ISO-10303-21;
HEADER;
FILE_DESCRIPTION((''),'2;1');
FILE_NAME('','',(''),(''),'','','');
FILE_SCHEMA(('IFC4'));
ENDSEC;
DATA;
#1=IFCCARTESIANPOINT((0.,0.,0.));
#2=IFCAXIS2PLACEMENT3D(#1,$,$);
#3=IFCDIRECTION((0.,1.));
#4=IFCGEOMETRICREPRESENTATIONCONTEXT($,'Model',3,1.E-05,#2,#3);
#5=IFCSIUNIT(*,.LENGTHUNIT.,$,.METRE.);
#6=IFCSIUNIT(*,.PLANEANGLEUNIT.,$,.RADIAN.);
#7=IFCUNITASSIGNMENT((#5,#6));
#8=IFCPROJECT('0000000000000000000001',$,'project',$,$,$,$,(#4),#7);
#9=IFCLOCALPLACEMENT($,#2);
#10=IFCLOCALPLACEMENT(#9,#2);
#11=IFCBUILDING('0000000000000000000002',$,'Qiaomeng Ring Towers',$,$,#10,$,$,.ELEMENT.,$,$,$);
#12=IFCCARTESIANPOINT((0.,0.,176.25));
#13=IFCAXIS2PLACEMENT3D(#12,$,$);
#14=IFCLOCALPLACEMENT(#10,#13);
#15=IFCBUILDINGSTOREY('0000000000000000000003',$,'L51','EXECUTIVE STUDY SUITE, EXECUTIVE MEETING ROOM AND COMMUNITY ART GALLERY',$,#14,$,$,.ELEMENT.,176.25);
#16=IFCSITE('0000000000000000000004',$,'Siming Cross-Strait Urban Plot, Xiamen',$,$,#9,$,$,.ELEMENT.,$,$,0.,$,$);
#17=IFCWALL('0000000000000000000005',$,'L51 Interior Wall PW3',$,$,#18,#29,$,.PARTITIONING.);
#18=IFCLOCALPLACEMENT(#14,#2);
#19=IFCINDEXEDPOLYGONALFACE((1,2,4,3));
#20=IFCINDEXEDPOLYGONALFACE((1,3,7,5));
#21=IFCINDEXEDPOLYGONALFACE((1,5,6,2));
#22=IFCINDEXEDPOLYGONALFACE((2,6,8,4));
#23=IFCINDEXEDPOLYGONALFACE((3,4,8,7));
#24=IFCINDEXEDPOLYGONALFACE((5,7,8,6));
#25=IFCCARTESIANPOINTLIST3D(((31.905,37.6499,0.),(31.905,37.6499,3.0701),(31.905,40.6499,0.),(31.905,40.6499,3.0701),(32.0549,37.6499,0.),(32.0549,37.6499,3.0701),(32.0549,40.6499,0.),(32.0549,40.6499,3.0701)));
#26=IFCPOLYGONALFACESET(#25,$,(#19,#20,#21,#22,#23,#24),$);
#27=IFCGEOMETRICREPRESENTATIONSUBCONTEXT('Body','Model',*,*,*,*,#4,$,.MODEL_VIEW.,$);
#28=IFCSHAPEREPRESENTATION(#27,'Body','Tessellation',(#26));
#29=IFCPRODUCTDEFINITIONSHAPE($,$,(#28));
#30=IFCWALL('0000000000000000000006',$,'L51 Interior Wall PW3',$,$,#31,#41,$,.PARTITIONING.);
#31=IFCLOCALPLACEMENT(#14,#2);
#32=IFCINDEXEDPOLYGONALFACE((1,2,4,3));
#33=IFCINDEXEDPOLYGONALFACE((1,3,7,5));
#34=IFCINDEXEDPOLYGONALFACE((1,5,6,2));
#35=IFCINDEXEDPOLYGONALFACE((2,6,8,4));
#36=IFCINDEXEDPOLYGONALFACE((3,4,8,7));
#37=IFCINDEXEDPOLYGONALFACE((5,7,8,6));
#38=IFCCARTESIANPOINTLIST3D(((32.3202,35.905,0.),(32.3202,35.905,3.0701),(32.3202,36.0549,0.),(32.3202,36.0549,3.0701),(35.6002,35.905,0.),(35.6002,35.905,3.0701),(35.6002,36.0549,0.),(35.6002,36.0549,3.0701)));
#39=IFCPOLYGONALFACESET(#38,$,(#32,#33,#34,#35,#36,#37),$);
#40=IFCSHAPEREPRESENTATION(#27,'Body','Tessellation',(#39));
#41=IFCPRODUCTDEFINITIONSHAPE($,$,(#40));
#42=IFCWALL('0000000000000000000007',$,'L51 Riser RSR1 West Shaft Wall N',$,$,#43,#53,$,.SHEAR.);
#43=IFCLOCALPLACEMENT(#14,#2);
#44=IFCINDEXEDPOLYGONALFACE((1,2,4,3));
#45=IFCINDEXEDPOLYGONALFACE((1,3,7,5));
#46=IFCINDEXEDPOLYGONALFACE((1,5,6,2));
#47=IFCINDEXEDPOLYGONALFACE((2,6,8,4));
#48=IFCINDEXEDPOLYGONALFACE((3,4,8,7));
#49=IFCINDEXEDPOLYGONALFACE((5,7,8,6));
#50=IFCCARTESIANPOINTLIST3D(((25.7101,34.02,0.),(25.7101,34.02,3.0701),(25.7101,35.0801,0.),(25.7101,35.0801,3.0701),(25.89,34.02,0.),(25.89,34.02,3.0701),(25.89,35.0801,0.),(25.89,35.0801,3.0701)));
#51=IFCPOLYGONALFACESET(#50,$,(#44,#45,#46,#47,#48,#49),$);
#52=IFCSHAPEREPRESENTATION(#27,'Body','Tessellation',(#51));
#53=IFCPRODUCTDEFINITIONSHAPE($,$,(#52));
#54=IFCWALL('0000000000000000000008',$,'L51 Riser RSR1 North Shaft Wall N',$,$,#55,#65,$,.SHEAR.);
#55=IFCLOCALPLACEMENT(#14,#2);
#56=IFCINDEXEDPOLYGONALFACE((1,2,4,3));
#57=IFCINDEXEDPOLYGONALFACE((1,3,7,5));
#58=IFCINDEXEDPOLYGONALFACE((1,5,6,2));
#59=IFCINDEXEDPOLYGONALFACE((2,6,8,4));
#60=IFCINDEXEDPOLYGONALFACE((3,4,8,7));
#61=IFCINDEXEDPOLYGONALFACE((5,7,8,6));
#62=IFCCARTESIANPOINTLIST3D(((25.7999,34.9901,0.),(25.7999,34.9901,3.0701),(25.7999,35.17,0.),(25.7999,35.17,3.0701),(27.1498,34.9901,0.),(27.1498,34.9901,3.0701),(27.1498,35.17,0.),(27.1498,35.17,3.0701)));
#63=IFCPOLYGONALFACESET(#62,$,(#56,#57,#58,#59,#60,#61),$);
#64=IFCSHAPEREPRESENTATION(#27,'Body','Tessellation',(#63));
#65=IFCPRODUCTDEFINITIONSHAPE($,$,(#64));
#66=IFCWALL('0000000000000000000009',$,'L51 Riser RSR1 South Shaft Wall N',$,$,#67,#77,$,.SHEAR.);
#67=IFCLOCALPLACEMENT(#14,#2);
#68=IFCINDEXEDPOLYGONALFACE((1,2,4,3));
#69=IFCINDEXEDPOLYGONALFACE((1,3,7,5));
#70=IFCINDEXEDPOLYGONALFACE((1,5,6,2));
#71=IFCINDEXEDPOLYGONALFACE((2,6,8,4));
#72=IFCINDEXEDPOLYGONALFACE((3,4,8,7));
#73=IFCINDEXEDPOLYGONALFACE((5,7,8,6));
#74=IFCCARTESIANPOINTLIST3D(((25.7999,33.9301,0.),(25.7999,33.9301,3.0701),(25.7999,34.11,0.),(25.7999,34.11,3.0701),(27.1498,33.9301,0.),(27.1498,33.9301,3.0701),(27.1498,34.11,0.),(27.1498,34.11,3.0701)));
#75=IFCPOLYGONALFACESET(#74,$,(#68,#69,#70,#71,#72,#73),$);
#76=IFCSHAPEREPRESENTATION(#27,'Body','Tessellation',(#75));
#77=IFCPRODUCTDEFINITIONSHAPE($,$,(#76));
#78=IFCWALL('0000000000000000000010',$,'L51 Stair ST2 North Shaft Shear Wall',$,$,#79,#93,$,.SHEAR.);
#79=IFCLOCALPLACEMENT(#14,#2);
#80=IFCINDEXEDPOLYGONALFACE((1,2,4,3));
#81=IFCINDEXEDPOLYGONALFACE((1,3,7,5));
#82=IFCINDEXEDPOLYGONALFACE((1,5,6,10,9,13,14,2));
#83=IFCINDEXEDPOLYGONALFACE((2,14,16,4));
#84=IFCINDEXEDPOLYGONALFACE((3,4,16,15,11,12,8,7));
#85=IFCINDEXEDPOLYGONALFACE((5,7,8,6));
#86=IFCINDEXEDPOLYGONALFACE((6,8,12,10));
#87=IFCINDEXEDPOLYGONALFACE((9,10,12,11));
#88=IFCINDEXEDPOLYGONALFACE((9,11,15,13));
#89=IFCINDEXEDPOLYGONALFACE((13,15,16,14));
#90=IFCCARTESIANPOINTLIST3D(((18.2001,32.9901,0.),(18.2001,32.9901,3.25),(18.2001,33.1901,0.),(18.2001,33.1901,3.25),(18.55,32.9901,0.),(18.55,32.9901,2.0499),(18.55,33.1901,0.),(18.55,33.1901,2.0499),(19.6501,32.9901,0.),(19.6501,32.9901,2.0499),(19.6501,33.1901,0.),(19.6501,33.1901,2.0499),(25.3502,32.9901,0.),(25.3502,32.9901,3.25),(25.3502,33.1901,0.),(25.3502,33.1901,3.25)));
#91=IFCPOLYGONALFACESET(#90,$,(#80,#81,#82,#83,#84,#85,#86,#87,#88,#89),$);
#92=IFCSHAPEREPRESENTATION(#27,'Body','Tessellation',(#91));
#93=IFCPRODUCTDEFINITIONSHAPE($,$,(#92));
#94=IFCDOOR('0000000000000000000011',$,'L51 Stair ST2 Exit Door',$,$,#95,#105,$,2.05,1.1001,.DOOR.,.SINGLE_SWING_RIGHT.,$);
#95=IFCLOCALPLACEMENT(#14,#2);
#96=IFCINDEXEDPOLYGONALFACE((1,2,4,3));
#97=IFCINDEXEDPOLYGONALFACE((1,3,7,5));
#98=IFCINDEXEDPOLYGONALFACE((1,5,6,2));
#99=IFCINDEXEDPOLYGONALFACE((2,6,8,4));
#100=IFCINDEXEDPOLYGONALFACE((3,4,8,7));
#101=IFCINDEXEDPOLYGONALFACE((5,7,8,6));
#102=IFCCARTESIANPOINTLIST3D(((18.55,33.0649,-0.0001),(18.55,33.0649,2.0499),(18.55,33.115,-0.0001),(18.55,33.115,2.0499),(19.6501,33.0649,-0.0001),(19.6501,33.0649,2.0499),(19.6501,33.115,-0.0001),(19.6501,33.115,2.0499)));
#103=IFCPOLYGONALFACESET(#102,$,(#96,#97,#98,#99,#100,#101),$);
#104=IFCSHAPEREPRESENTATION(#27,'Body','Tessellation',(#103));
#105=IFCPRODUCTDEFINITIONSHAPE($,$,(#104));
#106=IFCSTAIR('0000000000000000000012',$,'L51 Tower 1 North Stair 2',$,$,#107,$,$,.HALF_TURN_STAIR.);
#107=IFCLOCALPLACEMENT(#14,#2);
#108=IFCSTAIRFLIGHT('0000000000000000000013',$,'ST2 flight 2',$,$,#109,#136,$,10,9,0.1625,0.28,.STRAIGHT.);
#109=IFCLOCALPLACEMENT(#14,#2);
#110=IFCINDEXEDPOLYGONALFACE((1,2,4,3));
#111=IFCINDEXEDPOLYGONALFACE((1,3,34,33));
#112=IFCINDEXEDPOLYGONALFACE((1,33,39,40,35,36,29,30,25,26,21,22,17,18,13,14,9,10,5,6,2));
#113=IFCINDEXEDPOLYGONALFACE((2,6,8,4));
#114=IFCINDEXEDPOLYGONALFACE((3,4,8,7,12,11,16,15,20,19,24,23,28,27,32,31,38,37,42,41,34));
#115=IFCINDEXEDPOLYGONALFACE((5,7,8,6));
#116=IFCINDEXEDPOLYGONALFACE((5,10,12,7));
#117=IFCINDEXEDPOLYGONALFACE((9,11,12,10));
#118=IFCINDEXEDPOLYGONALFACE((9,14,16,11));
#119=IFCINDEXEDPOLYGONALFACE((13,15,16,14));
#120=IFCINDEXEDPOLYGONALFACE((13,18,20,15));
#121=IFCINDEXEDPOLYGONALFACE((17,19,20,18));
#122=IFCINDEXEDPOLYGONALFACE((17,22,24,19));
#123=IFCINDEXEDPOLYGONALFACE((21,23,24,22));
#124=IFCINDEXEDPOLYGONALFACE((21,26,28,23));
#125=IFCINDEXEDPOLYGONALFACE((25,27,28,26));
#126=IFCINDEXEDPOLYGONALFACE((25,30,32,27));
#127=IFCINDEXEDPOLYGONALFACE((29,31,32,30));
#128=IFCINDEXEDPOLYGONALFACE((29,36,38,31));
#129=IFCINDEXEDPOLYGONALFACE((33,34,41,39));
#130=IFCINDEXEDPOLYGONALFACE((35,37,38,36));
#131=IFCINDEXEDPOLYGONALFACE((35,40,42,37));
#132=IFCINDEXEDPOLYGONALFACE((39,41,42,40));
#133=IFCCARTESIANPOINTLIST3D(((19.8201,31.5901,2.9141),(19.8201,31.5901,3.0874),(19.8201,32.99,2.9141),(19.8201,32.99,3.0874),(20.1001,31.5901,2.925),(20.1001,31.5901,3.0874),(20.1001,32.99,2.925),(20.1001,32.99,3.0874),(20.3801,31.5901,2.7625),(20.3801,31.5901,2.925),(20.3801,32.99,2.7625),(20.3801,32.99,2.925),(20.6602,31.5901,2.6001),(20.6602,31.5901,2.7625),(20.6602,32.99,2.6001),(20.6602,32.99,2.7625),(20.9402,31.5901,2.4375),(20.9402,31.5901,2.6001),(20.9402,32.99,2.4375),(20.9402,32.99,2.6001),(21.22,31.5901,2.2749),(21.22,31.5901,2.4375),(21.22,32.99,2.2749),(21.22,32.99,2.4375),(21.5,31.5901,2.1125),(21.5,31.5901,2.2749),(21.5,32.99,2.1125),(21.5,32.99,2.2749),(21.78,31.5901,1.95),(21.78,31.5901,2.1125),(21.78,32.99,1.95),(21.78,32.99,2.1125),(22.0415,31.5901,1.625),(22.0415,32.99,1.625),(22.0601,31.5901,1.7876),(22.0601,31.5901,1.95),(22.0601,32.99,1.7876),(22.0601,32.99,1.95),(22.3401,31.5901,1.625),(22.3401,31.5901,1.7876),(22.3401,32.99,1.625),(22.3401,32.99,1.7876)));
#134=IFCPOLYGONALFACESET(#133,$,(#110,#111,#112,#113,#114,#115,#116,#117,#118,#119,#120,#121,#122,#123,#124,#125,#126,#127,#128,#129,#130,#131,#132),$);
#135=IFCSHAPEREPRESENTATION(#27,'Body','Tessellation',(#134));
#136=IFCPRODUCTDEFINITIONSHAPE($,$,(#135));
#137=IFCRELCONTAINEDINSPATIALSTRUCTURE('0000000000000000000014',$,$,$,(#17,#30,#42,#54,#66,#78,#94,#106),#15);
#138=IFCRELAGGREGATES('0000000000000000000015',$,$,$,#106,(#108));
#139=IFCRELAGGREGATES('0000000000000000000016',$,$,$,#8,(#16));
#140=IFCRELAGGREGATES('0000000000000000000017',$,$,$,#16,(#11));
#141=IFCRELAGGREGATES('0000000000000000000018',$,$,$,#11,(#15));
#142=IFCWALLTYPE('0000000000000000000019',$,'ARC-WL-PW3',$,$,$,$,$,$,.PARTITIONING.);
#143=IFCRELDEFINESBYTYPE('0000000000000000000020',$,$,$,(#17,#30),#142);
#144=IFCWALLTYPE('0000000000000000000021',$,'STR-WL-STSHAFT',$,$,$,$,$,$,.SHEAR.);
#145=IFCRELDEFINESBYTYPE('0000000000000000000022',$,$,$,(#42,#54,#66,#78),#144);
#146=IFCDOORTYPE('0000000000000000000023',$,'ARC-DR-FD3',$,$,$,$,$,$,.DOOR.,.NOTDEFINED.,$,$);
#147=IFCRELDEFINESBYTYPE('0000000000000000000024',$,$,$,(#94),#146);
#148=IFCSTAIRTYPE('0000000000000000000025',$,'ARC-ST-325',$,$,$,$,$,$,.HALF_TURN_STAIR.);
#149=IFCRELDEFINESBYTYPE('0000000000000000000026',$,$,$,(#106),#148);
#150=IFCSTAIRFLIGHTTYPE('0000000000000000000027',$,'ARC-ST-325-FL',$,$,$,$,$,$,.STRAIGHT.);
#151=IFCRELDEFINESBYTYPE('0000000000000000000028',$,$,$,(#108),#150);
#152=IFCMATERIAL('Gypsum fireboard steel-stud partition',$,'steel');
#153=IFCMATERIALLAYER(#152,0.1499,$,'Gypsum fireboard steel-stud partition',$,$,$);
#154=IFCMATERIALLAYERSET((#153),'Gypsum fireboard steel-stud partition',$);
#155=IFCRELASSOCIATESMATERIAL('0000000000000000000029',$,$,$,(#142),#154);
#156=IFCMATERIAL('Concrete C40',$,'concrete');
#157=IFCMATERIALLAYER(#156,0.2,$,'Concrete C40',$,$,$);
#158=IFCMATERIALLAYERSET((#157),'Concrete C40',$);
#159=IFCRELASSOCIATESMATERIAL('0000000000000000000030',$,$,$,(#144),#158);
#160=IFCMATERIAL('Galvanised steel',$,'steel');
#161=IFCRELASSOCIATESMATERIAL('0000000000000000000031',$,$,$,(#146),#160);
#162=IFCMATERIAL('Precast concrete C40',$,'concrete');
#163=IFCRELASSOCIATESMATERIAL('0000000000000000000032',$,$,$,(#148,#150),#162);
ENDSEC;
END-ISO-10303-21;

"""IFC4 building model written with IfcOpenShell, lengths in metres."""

from ifc_helpers import new_model, si_unit, direction, frame, frame_2d, origin, place, context, subcontext, project, spatial, polyline, rectangle, outline, extrude, source, transform, mapped, material, layer, layer_set, type_object, element, fill, aggregate, save


model = new_model("IFC4")

# Units and contexts
model_context = context("Model", 3, precision=1e-05, world=origin(), true_north=direction((0.0, 1.0)))
body_context = subcontext(model_context, "Body", "Model", "MODEL_VIEW")
ifc_project = project(units=[si_unit("LENGTHUNIT", "METRE"), si_unit("PLANEANGLEUNIT", "RADIAN")], contexts=[model_context])

# Site, building, storey
site_placement = place(None, origin())
site = spatial("IfcSite", under=ifc_project, at=site_placement, Name="Siming Cross-Strait Urban Plot, Xiamen", CompositionType="ELEMENT", RefElevation=0.0)
building_placement = place(site_placement, origin())
building = spatial("IfcBuilding", under=site, at=building_placement, Name="Qiaomeng Ring Towers", CompositionType="ELEMENT")
storey_placement = place(building_placement, frame((0.0, 0.0, 176.25)))
storey = spatial("IfcBuildingStorey", under=building, at=storey_placement, Name="L51", Description="EXECUTIVE STUDY SUITE, EXECUTIVE MEETING ROOM AND COMMUNITY ART GALLERY", CompositionType="ELEMENT", Elevation=176.25)

# Walls
ifc_material_1 = material(Name="Gypsum fireboard steel-stud partition", Category="steel")
ifc_layer_1 = layer(ifc_material_1, 0.1499, Name="Gypsum fireboard steel-stud partition")
ifc_layer_set_1 = layer_set([ifc_layer_1], Name="Gypsum fireboard steel-stud partition")
wall_type_1 = type_object("IfcWallType", Name="ARC-WL-PW3", PredefinedType="PARTITIONING", material=ifc_layer_set_1)
wall_1_placement = place(storey_placement, frame((31.98, 37.6499, 0.0), z_axis=(0.0, 0.0, 1.0), x_axis=(0.0, 1.0, 0.0)))
element("IfcWall", 1, at=wall_1_placement, inside=storey, type_object=wall_type_1, Name="L51 Interior Wall PW3", PredefinedType="PARTITIONING", context=body_context, shape_type="SweptSolid", body=[
    extrude(rectangle(XDim=3.0, YDim=0.1499, at=frame_2d((1.5, 0.0))), origin(), (0.0, 0.0, 1.0), 3.0701),
])
wall_2_placement = place(storey_placement, frame((32.3201, 35.98, 0.0), z_axis=(0.0, 0.0, 1.0), x_axis=(1.0, 0.0, 0.0)))
element("IfcWall", 2, at=wall_2_placement, inside=storey, type_object=wall_type_1, Name="L51 Interior Wall PW3", PredefinedType="PARTITIONING", context=body_context, shape_type="SweptSolid", body=[
    extrude(rectangle(XDim=3.28, YDim=0.1499, at=frame_2d((1.6401, 0.0))), origin(), (0.0, 0.0, 1.0), 3.0701),
])
ifc_material_2 = material(Name="Concrete C40", Category="concrete")
ifc_layer_2 = layer(ifc_material_2, 0.2, Name="Concrete C40")
ifc_layer_set_2 = layer_set([ifc_layer_2], Name="Concrete C40")
wall_type_2 = type_object("IfcWallType", Name="STR-WL-STSHAFT", PredefinedType="SHEAR", material=ifc_layer_set_2)
wall_3_placement = place(storey_placement, frame((25.8, 34.02, 0.0), z_axis=(0.0, 0.0, 1.0), x_axis=(0.0, 1.0, 0.0)))
element("IfcWall", 3, at=wall_3_placement, inside=storey, type_object=wall_type_2, Name="L51 Riser RSR1 West Shaft Wall N", PredefinedType="SHEAR", context=body_context, shape_type="SweptSolid", body=[
    extrude(rectangle(XDim=1.0601, YDim=0.1799, at=frame_2d((0.53, 0.0))), origin(), (0.0, 0.0, 1.0), 3.0701),
])
for number, where, z_axis, x_axis, name in (
    (4, (25.8, 35.0801, 0.0), (0.0, 0.0, 1.0), (1.0, 0.0, 0.0), "L51 Riser RSR1 North Shaft Wall N"),
    (5, (25.8, 34.02, 0.0), (0.0, 0.0, 1.0), (1.0, 0.0, 0.0), "L51 Riser RSR1 South Shaft Wall N"),
):
    element("IfcWall", number, at=place(storey_placement, frame(where, z_axis=z_axis, x_axis=x_axis)), inside=storey, type_object=wall_type_2, Name=name, PredefinedType="SHEAR", context=body_context, shape_type="SweptSolid", body=[
        extrude(rectangle(XDim=1.3499, YDim=0.1799, at=frame_2d((0.6748, 0.0))), origin(), (0.0, 0.0, 1.0), 3.0701),
    ])

# Wall, opening, door
wall_4_placement = place(storey_placement, frame((18.2, 33.0901, 0.0), z_axis=(0.0, 0.0, 1.0), x_axis=(1.0, 0.0, 0.0)))
wall_4 = element("IfcWall", 6, at=wall_4_placement, inside=storey, type_object=wall_type_2, Name="L51 Stair ST2 North Shaft Shear Wall", PredefinedType="SHEAR", context=body_context, shape_type="SweptSolid", body=[
    extrude(rectangle(XDim=7.1501, YDim=0.2, at=frame_2d((3.5752, 0.0))), origin(), (0.0, 0.0, 1.0), 3.25),
])
opening_placement = place(wall_4_placement, frame((0.3501, 0.0, 0.0)))
opening = element("IfcOpeningElement", 7, at=opening_placement, cuts=wall_4, PredefinedType="OPENING", context=body_context, shape_type="SweptSolid", body=[
    extrude(rectangle(XDim=1.1001, YDim=2.05, at=frame_2d((0.55, 1.0249))), frame((0.0, 0.1099, 0.0), z_axis=(0.0, -1.0, 0.0), x_axis=(1.0, 0.0, 0.0)), (0.0, 0.0, 1.0), 0.22),
])
ifc_material_3 = material(Name="Galvanised steel", Category="steel")
door_type = type_object("IfcDoorType", Name="ARC-DR-FD3", OperationType="NOTDEFINED", PredefinedType="DOOR", material=ifc_material_3)
shared_shape_1 = source(origin(), body_context, "Body", "SweptSolid", [
    extrude(rectangle(XDim=1.1001, YDim=2.05, at=frame_2d((0.55, 1.0249))), frame((0.0, 0.0249, 0.0), z_axis=(0.0, -1.0, 0.0), x_axis=(1.0, 0.0, 0.0)), (0.0, 0.0, 1.0), 0.05),
])
door_placement = place(opening_placement, origin())
door = element("IfcDoor", 8, at=door_placement, inside=storey, type_object=door_type, Name="L51 Stair ST2 Exit Door", OperationType="SINGLE_SWING_RIGHT", OverallHeight=2.05, OverallWidth=1.1001, PredefinedType="DOOR", context=body_context, shape_type="MappedRepresentation", body=[
    mapped(shared_shape_1, transform((0.0, 0.0, 0.0), x_axis=(1.0, 0.0, 0.0), y_axis=(0.0, 1.0, 0.0), z_axis=(0.0, 0.0, 1.0), scale=1.0)),
])
fill(opening, door)

# Stair, stair flight
ifc_material_4 = material(Name="Precast concrete C40", Category="concrete")
stair_type = type_object("IfcStairType", Name="ARC-ST-325", PredefinedType="HALF_TURN_STAIR", material=ifc_material_4)
stair_placement = place(storey_placement, origin())
stair = element("IfcStair", 9, at=stair_placement, inside=storey, type_object=stair_type, Name="L51 Tower 1 North Stair 2", PredefinedType="HALF_TURN_STAIR")
stair_flight_type = type_object("IfcStairFlightType", Name="ARC-ST-325-FL", PredefinedType="STRAIGHT", material=ifc_material_4)
shared_shape_2 = source(origin(), body_context, "Body", "SweptSolid", [
    extrude(outline(polyline([(0.0, 0.0), (0.0, 0.1626), (0.28, 0.1626), (0.28, 0.325), (0.5601, 0.325), (0.5601, 0.4875), (0.8401, 0.4875), (0.8401, 0.6499), (1.1201, 0.6499), (1.1201, 0.8125), (1.3999, 0.8125), (1.3999, 0.9751), (1.6799, 0.9751), (1.6799, 1.1375), (1.96, 1.1375), (1.96, 1.3), (2.24, 1.3), (2.24, 1.4624), (2.52, 1.4624), (2.52, 1.625), (2.52, 1.2891), (0.2986, 0.0), (0.0, 0.0)])), frame((0.0, 0.7, 0.0), z_axis=(0.0, -1.0, 0.0), x_axis=(1.0, 0.0, 0.0)), (0.0, 0.0, 1.0), 1.3999),
])
stair_flight_placement = place(storey_placement, frame((22.3401, 32.29, 1.625), z_axis=(0.0, 0.0, 1.0), x_axis=(-1.0, 0.0, 0.0)))
stair_flight = element("IfcStairFlight", 10, at=stair_flight_placement, type_object=stair_flight_type, Name="ST2 flight 2", NumberOfRisers=10, NumberOfTreads=9, PredefinedType="STRAIGHT", RiserHeight=0.1625, TreadLength=0.28, context=body_context, shape_type="MappedRepresentation", body=[
    mapped(shared_shape_2, transform((0.0, 0.0, 0.0), x_axis=(1.0, 0.0, 0.0), y_axis=(0.0, 1.0, 0.0), z_axis=(0.0, 0.0, 1.0), scale=1.0)),
])
aggregate(stair, [stair_flight])

save(model, "model.ifc")
